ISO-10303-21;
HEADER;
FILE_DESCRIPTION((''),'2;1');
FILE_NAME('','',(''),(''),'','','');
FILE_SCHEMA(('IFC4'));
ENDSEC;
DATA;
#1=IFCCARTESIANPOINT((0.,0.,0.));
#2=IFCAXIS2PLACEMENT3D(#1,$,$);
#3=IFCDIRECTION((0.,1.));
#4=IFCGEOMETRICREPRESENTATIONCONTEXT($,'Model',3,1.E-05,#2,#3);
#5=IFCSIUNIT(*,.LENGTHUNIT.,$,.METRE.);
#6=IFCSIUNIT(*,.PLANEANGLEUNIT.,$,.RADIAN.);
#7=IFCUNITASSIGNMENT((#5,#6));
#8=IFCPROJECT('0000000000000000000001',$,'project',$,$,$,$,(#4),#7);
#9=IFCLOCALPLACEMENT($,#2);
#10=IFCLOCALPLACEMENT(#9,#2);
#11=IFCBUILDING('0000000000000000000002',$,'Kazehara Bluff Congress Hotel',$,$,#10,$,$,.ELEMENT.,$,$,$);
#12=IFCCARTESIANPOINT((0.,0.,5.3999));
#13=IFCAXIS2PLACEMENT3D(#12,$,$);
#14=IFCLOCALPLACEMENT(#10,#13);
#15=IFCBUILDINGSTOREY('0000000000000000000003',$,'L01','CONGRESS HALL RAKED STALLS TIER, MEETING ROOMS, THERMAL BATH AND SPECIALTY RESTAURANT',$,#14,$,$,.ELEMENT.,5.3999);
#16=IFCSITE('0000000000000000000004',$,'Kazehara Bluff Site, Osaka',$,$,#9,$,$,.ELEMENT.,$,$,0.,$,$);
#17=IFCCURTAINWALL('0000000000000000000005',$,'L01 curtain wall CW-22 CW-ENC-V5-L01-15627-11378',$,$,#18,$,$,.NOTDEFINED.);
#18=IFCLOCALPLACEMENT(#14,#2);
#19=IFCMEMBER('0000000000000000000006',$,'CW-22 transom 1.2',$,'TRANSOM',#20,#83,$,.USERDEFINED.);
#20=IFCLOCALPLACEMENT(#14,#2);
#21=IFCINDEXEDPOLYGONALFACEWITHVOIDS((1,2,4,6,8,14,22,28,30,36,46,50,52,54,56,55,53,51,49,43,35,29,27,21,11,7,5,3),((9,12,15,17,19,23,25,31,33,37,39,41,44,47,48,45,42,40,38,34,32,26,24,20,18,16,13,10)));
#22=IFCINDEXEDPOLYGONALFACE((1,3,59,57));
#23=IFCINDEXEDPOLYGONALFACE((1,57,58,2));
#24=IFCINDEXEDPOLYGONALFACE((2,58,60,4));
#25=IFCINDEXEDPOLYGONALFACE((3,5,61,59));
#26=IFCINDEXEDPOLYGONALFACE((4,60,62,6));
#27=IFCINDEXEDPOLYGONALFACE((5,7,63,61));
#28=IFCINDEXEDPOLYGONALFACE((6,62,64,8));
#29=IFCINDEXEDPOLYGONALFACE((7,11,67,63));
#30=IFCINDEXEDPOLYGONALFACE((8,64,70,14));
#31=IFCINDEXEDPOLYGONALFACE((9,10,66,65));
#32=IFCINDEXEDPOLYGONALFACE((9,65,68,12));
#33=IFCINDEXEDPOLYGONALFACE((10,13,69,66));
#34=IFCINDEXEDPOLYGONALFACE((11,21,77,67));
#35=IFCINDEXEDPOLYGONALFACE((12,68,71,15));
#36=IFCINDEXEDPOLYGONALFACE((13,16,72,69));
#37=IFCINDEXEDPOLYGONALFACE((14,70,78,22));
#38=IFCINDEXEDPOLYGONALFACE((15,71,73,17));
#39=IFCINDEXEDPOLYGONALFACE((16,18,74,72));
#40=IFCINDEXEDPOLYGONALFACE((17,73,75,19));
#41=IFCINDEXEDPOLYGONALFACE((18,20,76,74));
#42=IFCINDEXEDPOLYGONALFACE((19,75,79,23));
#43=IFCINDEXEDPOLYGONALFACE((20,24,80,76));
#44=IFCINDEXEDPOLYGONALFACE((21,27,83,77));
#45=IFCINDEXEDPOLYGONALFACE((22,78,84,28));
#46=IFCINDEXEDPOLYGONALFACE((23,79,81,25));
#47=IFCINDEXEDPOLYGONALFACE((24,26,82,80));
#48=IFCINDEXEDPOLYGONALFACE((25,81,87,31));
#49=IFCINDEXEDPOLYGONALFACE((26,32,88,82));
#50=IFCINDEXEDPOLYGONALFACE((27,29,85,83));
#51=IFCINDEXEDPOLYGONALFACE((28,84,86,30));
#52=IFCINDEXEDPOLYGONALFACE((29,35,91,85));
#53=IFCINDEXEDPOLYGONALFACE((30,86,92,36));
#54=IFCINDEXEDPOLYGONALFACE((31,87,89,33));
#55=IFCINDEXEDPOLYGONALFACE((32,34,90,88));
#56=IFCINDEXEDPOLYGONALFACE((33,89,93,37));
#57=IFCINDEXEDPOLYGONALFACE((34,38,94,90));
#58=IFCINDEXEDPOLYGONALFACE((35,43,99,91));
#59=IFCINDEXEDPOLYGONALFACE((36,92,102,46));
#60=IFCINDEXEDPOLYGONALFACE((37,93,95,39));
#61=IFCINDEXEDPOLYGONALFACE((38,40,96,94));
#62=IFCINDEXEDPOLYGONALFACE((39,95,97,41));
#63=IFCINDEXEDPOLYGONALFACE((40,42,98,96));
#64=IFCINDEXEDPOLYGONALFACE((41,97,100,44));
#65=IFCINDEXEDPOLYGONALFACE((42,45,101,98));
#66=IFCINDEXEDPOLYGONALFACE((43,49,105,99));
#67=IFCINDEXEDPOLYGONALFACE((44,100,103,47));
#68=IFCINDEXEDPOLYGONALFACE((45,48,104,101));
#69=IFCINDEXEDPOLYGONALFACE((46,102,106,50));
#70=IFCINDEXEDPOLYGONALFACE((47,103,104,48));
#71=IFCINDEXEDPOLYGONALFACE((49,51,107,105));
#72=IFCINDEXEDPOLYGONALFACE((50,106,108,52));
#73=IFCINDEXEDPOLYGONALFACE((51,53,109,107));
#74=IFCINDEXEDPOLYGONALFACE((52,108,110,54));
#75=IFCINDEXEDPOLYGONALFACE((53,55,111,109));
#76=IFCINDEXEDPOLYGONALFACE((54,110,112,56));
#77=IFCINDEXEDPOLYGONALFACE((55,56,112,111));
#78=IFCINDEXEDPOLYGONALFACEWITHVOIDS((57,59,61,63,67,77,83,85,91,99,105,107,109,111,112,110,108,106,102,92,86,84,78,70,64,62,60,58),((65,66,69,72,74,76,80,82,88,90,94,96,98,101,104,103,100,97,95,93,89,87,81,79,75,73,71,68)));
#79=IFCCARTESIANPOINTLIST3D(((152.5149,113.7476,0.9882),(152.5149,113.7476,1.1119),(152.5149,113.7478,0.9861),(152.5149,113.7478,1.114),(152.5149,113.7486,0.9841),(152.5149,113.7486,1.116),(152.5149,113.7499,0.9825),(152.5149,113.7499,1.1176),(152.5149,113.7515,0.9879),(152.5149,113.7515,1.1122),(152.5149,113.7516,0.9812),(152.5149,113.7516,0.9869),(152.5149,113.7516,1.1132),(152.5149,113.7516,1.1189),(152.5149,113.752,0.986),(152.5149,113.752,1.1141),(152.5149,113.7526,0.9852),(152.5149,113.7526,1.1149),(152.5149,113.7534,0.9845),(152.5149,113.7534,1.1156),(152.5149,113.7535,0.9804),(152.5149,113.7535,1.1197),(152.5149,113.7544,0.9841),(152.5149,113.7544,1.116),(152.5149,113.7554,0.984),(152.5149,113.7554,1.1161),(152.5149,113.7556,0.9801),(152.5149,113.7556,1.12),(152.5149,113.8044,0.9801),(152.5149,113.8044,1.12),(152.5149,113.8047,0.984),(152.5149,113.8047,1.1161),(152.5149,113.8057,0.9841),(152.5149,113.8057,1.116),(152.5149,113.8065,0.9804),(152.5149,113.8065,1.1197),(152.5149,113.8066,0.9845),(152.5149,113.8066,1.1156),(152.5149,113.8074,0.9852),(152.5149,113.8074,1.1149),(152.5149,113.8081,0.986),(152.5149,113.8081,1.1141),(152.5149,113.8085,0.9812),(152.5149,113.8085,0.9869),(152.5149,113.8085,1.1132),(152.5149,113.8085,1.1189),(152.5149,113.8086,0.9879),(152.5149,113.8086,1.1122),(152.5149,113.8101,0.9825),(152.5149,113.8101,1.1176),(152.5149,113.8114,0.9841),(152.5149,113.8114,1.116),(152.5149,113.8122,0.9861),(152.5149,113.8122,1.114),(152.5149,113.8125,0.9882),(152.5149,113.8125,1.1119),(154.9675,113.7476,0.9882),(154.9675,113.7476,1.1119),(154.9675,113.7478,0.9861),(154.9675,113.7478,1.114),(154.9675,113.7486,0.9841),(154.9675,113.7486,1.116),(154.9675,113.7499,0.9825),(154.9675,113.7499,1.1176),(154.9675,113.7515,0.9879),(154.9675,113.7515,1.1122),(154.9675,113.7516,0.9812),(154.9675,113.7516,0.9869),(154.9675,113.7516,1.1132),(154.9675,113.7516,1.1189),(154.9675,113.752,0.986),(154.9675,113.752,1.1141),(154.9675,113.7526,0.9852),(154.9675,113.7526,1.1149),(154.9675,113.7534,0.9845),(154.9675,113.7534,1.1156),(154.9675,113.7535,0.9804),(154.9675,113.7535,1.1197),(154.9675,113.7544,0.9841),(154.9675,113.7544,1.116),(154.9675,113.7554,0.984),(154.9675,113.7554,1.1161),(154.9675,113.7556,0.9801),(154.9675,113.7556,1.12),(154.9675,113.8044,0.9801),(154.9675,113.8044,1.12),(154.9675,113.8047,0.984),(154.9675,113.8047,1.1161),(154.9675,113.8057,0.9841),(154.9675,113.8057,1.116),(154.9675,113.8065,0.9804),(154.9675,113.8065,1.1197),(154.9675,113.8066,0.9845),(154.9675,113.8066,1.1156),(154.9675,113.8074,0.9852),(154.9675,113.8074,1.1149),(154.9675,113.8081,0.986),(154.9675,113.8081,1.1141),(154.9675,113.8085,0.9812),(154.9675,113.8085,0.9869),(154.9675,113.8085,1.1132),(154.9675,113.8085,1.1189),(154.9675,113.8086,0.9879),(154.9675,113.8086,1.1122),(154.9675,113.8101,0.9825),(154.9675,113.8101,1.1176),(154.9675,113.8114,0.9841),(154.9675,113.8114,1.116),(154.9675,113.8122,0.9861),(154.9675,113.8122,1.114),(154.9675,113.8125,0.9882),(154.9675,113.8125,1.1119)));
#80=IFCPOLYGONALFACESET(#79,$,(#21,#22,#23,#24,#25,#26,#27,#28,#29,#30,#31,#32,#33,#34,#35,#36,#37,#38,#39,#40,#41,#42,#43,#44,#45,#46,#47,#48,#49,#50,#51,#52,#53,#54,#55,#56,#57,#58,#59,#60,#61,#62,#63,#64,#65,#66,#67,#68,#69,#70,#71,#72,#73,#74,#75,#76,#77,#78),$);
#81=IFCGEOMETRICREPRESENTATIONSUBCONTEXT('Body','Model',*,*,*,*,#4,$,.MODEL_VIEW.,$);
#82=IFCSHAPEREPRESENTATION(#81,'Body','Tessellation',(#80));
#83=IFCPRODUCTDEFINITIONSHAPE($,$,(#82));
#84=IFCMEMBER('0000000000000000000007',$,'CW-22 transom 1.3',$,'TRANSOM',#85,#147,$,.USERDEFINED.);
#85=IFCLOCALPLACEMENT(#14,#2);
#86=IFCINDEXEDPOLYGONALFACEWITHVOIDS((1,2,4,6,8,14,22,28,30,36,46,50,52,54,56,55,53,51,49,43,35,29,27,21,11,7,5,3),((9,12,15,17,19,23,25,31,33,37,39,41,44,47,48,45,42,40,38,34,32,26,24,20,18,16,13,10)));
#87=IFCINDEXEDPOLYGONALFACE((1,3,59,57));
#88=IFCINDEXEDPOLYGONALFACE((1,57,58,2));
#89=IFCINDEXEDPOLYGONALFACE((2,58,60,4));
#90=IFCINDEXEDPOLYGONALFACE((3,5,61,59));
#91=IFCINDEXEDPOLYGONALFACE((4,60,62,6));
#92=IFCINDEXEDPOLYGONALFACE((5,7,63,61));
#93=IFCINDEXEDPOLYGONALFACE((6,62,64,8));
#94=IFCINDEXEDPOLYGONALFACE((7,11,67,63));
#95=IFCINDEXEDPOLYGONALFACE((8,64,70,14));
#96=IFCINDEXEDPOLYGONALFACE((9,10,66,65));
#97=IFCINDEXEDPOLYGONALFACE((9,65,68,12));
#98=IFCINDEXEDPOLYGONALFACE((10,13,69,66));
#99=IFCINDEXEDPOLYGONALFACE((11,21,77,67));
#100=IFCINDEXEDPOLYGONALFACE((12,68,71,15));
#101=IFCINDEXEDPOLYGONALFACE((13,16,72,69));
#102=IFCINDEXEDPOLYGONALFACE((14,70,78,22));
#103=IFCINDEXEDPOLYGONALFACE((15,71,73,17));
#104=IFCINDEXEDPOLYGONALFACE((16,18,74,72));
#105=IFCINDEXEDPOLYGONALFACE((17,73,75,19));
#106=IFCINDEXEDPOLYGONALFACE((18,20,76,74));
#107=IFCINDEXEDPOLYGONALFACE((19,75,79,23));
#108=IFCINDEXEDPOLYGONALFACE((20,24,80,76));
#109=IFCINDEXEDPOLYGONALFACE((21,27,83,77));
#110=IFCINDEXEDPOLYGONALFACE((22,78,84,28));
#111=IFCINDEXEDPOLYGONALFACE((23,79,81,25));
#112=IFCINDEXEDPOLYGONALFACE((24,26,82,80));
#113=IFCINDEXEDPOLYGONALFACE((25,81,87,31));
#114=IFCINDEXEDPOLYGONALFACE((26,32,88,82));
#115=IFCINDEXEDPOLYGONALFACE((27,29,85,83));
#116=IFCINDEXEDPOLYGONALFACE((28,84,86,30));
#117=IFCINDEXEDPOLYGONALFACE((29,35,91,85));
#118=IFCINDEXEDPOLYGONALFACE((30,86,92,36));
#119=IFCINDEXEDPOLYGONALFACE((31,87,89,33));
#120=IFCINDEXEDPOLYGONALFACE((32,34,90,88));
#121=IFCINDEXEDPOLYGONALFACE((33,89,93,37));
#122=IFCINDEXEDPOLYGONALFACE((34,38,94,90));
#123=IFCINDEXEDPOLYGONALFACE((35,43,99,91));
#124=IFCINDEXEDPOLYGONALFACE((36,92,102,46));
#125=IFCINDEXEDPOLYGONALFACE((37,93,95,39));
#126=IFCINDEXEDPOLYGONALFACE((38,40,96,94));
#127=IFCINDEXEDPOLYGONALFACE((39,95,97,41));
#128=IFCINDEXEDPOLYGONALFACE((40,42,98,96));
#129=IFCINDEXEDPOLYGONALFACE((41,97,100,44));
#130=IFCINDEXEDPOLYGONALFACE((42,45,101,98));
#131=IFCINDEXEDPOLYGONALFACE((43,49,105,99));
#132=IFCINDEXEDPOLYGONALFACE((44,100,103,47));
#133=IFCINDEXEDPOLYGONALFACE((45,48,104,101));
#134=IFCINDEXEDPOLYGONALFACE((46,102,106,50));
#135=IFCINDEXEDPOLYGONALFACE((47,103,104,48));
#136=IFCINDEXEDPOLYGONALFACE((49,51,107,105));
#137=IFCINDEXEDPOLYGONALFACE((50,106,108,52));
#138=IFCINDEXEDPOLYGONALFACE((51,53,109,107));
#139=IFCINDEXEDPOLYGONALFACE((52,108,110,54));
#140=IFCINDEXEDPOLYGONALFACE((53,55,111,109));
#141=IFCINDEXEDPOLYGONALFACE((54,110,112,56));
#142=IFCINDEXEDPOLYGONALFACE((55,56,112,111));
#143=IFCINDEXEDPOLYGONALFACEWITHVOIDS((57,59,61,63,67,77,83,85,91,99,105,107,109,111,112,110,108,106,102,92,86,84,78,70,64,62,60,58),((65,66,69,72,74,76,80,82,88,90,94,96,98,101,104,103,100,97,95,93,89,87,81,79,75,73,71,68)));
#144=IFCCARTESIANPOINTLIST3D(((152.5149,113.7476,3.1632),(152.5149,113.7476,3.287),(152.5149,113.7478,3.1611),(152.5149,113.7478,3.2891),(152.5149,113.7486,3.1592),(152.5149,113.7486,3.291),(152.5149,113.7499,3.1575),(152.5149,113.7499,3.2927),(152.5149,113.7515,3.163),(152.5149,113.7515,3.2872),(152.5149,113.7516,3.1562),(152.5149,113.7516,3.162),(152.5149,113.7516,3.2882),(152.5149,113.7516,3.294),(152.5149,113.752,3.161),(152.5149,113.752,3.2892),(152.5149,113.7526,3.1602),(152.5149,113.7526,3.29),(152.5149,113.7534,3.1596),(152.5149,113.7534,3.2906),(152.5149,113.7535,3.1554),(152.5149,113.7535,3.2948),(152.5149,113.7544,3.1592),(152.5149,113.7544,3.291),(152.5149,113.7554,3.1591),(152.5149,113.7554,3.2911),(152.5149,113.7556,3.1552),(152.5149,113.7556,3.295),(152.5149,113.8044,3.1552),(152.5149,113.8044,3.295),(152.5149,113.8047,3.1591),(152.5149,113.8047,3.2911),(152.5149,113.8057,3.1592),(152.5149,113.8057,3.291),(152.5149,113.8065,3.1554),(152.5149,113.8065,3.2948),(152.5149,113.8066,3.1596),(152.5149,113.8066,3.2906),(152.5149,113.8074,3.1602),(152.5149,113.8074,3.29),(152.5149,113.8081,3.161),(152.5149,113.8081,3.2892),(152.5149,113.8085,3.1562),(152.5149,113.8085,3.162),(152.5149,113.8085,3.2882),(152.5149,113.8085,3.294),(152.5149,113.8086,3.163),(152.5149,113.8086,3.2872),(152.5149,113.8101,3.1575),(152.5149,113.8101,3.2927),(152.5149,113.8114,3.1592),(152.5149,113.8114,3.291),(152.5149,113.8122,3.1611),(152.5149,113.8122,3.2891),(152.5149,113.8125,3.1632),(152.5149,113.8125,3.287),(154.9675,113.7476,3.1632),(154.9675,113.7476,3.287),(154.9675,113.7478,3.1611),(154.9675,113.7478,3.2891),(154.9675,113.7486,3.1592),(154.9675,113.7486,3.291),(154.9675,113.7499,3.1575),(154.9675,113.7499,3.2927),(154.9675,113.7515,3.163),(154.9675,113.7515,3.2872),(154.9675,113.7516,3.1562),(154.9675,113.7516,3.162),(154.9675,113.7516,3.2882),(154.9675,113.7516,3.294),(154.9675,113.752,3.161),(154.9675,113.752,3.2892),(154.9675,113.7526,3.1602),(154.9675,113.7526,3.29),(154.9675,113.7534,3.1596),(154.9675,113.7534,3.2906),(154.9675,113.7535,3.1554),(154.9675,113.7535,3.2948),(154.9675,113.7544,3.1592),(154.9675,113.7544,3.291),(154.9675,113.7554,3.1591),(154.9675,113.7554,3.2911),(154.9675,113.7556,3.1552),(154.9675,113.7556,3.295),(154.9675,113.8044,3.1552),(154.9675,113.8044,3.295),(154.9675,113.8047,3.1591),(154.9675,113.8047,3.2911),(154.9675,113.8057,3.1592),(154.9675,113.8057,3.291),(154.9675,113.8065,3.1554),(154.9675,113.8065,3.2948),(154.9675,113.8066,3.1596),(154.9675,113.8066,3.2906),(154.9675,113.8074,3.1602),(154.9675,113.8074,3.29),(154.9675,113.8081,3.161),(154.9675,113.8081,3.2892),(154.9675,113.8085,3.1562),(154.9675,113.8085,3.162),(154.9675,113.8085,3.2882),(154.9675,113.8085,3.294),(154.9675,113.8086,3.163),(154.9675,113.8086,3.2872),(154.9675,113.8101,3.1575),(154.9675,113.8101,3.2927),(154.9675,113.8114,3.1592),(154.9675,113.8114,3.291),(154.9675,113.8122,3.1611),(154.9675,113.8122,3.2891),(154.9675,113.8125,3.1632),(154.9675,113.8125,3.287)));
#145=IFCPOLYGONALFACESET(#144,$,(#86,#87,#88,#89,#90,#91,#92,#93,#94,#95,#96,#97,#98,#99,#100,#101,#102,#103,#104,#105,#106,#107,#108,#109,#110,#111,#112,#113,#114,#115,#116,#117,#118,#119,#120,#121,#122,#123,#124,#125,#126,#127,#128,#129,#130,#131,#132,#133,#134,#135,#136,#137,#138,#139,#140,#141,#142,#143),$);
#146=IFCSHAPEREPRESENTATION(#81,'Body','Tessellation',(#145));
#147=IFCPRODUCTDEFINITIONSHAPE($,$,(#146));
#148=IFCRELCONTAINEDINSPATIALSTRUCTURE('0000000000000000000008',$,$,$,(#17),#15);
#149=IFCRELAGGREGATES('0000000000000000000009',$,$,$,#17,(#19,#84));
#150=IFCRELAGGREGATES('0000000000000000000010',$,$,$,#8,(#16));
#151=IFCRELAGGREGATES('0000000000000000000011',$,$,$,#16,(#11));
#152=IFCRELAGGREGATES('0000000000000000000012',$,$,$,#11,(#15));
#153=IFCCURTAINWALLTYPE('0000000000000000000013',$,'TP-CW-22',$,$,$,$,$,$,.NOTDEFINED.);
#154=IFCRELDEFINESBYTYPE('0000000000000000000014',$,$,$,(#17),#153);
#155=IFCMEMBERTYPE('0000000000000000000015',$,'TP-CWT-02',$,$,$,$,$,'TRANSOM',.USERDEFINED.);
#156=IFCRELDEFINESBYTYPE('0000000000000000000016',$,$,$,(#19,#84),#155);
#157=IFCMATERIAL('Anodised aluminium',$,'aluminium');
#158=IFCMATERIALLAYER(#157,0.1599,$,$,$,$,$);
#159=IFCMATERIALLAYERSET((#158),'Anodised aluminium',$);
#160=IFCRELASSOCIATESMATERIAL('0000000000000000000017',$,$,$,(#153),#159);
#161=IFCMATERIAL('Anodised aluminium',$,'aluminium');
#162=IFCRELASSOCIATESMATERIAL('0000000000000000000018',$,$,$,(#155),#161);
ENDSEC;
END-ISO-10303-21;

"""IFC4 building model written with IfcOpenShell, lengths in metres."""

from ifc_helpers import new_model, si_unit, direction, frame, origin, origin_2d, place, context, subcontext, project, spatial, hollow_rectangle, extrude, material, layer, layer_set, material_profile, profile_set, type_object, element, aggregate, save


model = new_model("IFC4")

# Units and contexts
model_context = context("Model", 3, precision=1e-05, world=origin(), true_north=direction((0.0, 1.0)))
body_context = subcontext(model_context, "Body", "Model", "MODEL_VIEW")
ifc_project = project(units=[si_unit("LENGTHUNIT", "METRE"), si_unit("PLANEANGLEUNIT", "RADIAN")], contexts=[model_context])

# Site, building, storey
site_placement = place(None, origin())
site = spatial("IfcSite", under=ifc_project, at=site_placement, Name="Kazehara Bluff Site, Osaka", CompositionType="ELEMENT", RefElevation=0.0)
building_placement = place(site_placement, origin())
building = spatial("IfcBuilding", under=site, at=building_placement, Name="Kazehara Bluff Congress Hotel", CompositionType="ELEMENT")
storey_placement = place(building_placement, frame((0.0, 0.0, 5.3999)))
storey = spatial("IfcBuildingStorey", under=building, at=storey_placement, Name="L01", Description="CONGRESS HALL RAKED STALLS TIER, MEETING ROOMS, THERMAL BATH AND SPECIALTY RESTAURANT", CompositionType="ELEMENT", Elevation=5.3999)

# Curtain wall
ifc_material_1 = material(Name="Anodised aluminium", Category="aluminium")
ifc_layer_1 = layer(ifc_material_1, 0.1599)
ifc_layer_set_1 = layer_set([ifc_layer_1], Name="Anodised aluminium")
curtain_wall_type = type_object("IfcCurtainWallType", Name="TP-CW-22", PredefinedType="NOTDEFINED", material=ifc_layer_set_1)
curtain_wall_1_placement = place(storey_placement, origin())
curtain_wall_1 = element("IfcCurtainWall", 1, at=curtain_wall_1_placement, inside=storey, type_object=curtain_wall_type, Name="L01 curtain wall CW-22 CW-ENC-V5-L01-15627-11378", PredefinedType="NOTDEFINED")

# Members
ifc_material_2 = material(Name="Anodised aluminium", Category="aluminium")
ifc_material_profile_1 = material_profile(ifc_material_2, hollow_rectangle(XDim=0.0649, YDim=0.1399, WallThickness=0.0039, InnerFilletRadius=0.0039, OuterFilletRadius=0.0081, at=origin_2d()))
ifc_profile_set_1 = profile_set([ifc_material_profile_1], Name="Anodised aluminium")
member_type_1 = type_object("IfcMemberType", Name="TP-CWT-02", ElementType="TRANSOM", PredefinedType="USERDEFINED", material=ifc_profile_set_1)
member_1_placement = place(storey_placement, frame((152.5149, 113.78, 1.05), z_axis=(1.0, 0.0, 0.0), x_axis=(0.0, 1.0, 0.0)))
member_1 = element("IfcMember", 2, at=member_1_placement, type_object=member_type_1, Name="CW-22 transom 1.2", ObjectType="TRANSOM", PredefinedType="USERDEFINED", context=body_context, shape_type="SweptSolid", body=[
    extrude(hollow_rectangle(XDim=0.0649, YDim=0.1399, WallThickness=0.0039, InnerFilletRadius=0.0039, OuterFilletRadius=0.0081, at=origin_2d()), origin(), (0.0, 0.0, 1.0), 2.4526),
])
member_2_placement = place(storey_placement, frame((152.5149, 113.78, 3.2251), z_axis=(1.0, 0.0, 0.0), x_axis=(0.0, 1.0, 0.0)))
member_2 = element("IfcMember", 3, at=member_2_placement, type_object=member_type_1, Name="CW-22 transom 1.3", ObjectType="TRANSOM", PredefinedType="USERDEFINED", context=body_context, shape_type="SweptSolid", body=[
    extrude(hollow_rectangle(XDim=0.0649, YDim=0.1399, WallThickness=0.0039, InnerFilletRadius=0.0039, OuterFilletRadius=0.0081, at=origin_2d()), origin(), (0.0, 0.0, 1.0), 2.4526),
])

aggregate(curtain_wall_1, [member_1, member_2])

save(model, "model.ifc")
